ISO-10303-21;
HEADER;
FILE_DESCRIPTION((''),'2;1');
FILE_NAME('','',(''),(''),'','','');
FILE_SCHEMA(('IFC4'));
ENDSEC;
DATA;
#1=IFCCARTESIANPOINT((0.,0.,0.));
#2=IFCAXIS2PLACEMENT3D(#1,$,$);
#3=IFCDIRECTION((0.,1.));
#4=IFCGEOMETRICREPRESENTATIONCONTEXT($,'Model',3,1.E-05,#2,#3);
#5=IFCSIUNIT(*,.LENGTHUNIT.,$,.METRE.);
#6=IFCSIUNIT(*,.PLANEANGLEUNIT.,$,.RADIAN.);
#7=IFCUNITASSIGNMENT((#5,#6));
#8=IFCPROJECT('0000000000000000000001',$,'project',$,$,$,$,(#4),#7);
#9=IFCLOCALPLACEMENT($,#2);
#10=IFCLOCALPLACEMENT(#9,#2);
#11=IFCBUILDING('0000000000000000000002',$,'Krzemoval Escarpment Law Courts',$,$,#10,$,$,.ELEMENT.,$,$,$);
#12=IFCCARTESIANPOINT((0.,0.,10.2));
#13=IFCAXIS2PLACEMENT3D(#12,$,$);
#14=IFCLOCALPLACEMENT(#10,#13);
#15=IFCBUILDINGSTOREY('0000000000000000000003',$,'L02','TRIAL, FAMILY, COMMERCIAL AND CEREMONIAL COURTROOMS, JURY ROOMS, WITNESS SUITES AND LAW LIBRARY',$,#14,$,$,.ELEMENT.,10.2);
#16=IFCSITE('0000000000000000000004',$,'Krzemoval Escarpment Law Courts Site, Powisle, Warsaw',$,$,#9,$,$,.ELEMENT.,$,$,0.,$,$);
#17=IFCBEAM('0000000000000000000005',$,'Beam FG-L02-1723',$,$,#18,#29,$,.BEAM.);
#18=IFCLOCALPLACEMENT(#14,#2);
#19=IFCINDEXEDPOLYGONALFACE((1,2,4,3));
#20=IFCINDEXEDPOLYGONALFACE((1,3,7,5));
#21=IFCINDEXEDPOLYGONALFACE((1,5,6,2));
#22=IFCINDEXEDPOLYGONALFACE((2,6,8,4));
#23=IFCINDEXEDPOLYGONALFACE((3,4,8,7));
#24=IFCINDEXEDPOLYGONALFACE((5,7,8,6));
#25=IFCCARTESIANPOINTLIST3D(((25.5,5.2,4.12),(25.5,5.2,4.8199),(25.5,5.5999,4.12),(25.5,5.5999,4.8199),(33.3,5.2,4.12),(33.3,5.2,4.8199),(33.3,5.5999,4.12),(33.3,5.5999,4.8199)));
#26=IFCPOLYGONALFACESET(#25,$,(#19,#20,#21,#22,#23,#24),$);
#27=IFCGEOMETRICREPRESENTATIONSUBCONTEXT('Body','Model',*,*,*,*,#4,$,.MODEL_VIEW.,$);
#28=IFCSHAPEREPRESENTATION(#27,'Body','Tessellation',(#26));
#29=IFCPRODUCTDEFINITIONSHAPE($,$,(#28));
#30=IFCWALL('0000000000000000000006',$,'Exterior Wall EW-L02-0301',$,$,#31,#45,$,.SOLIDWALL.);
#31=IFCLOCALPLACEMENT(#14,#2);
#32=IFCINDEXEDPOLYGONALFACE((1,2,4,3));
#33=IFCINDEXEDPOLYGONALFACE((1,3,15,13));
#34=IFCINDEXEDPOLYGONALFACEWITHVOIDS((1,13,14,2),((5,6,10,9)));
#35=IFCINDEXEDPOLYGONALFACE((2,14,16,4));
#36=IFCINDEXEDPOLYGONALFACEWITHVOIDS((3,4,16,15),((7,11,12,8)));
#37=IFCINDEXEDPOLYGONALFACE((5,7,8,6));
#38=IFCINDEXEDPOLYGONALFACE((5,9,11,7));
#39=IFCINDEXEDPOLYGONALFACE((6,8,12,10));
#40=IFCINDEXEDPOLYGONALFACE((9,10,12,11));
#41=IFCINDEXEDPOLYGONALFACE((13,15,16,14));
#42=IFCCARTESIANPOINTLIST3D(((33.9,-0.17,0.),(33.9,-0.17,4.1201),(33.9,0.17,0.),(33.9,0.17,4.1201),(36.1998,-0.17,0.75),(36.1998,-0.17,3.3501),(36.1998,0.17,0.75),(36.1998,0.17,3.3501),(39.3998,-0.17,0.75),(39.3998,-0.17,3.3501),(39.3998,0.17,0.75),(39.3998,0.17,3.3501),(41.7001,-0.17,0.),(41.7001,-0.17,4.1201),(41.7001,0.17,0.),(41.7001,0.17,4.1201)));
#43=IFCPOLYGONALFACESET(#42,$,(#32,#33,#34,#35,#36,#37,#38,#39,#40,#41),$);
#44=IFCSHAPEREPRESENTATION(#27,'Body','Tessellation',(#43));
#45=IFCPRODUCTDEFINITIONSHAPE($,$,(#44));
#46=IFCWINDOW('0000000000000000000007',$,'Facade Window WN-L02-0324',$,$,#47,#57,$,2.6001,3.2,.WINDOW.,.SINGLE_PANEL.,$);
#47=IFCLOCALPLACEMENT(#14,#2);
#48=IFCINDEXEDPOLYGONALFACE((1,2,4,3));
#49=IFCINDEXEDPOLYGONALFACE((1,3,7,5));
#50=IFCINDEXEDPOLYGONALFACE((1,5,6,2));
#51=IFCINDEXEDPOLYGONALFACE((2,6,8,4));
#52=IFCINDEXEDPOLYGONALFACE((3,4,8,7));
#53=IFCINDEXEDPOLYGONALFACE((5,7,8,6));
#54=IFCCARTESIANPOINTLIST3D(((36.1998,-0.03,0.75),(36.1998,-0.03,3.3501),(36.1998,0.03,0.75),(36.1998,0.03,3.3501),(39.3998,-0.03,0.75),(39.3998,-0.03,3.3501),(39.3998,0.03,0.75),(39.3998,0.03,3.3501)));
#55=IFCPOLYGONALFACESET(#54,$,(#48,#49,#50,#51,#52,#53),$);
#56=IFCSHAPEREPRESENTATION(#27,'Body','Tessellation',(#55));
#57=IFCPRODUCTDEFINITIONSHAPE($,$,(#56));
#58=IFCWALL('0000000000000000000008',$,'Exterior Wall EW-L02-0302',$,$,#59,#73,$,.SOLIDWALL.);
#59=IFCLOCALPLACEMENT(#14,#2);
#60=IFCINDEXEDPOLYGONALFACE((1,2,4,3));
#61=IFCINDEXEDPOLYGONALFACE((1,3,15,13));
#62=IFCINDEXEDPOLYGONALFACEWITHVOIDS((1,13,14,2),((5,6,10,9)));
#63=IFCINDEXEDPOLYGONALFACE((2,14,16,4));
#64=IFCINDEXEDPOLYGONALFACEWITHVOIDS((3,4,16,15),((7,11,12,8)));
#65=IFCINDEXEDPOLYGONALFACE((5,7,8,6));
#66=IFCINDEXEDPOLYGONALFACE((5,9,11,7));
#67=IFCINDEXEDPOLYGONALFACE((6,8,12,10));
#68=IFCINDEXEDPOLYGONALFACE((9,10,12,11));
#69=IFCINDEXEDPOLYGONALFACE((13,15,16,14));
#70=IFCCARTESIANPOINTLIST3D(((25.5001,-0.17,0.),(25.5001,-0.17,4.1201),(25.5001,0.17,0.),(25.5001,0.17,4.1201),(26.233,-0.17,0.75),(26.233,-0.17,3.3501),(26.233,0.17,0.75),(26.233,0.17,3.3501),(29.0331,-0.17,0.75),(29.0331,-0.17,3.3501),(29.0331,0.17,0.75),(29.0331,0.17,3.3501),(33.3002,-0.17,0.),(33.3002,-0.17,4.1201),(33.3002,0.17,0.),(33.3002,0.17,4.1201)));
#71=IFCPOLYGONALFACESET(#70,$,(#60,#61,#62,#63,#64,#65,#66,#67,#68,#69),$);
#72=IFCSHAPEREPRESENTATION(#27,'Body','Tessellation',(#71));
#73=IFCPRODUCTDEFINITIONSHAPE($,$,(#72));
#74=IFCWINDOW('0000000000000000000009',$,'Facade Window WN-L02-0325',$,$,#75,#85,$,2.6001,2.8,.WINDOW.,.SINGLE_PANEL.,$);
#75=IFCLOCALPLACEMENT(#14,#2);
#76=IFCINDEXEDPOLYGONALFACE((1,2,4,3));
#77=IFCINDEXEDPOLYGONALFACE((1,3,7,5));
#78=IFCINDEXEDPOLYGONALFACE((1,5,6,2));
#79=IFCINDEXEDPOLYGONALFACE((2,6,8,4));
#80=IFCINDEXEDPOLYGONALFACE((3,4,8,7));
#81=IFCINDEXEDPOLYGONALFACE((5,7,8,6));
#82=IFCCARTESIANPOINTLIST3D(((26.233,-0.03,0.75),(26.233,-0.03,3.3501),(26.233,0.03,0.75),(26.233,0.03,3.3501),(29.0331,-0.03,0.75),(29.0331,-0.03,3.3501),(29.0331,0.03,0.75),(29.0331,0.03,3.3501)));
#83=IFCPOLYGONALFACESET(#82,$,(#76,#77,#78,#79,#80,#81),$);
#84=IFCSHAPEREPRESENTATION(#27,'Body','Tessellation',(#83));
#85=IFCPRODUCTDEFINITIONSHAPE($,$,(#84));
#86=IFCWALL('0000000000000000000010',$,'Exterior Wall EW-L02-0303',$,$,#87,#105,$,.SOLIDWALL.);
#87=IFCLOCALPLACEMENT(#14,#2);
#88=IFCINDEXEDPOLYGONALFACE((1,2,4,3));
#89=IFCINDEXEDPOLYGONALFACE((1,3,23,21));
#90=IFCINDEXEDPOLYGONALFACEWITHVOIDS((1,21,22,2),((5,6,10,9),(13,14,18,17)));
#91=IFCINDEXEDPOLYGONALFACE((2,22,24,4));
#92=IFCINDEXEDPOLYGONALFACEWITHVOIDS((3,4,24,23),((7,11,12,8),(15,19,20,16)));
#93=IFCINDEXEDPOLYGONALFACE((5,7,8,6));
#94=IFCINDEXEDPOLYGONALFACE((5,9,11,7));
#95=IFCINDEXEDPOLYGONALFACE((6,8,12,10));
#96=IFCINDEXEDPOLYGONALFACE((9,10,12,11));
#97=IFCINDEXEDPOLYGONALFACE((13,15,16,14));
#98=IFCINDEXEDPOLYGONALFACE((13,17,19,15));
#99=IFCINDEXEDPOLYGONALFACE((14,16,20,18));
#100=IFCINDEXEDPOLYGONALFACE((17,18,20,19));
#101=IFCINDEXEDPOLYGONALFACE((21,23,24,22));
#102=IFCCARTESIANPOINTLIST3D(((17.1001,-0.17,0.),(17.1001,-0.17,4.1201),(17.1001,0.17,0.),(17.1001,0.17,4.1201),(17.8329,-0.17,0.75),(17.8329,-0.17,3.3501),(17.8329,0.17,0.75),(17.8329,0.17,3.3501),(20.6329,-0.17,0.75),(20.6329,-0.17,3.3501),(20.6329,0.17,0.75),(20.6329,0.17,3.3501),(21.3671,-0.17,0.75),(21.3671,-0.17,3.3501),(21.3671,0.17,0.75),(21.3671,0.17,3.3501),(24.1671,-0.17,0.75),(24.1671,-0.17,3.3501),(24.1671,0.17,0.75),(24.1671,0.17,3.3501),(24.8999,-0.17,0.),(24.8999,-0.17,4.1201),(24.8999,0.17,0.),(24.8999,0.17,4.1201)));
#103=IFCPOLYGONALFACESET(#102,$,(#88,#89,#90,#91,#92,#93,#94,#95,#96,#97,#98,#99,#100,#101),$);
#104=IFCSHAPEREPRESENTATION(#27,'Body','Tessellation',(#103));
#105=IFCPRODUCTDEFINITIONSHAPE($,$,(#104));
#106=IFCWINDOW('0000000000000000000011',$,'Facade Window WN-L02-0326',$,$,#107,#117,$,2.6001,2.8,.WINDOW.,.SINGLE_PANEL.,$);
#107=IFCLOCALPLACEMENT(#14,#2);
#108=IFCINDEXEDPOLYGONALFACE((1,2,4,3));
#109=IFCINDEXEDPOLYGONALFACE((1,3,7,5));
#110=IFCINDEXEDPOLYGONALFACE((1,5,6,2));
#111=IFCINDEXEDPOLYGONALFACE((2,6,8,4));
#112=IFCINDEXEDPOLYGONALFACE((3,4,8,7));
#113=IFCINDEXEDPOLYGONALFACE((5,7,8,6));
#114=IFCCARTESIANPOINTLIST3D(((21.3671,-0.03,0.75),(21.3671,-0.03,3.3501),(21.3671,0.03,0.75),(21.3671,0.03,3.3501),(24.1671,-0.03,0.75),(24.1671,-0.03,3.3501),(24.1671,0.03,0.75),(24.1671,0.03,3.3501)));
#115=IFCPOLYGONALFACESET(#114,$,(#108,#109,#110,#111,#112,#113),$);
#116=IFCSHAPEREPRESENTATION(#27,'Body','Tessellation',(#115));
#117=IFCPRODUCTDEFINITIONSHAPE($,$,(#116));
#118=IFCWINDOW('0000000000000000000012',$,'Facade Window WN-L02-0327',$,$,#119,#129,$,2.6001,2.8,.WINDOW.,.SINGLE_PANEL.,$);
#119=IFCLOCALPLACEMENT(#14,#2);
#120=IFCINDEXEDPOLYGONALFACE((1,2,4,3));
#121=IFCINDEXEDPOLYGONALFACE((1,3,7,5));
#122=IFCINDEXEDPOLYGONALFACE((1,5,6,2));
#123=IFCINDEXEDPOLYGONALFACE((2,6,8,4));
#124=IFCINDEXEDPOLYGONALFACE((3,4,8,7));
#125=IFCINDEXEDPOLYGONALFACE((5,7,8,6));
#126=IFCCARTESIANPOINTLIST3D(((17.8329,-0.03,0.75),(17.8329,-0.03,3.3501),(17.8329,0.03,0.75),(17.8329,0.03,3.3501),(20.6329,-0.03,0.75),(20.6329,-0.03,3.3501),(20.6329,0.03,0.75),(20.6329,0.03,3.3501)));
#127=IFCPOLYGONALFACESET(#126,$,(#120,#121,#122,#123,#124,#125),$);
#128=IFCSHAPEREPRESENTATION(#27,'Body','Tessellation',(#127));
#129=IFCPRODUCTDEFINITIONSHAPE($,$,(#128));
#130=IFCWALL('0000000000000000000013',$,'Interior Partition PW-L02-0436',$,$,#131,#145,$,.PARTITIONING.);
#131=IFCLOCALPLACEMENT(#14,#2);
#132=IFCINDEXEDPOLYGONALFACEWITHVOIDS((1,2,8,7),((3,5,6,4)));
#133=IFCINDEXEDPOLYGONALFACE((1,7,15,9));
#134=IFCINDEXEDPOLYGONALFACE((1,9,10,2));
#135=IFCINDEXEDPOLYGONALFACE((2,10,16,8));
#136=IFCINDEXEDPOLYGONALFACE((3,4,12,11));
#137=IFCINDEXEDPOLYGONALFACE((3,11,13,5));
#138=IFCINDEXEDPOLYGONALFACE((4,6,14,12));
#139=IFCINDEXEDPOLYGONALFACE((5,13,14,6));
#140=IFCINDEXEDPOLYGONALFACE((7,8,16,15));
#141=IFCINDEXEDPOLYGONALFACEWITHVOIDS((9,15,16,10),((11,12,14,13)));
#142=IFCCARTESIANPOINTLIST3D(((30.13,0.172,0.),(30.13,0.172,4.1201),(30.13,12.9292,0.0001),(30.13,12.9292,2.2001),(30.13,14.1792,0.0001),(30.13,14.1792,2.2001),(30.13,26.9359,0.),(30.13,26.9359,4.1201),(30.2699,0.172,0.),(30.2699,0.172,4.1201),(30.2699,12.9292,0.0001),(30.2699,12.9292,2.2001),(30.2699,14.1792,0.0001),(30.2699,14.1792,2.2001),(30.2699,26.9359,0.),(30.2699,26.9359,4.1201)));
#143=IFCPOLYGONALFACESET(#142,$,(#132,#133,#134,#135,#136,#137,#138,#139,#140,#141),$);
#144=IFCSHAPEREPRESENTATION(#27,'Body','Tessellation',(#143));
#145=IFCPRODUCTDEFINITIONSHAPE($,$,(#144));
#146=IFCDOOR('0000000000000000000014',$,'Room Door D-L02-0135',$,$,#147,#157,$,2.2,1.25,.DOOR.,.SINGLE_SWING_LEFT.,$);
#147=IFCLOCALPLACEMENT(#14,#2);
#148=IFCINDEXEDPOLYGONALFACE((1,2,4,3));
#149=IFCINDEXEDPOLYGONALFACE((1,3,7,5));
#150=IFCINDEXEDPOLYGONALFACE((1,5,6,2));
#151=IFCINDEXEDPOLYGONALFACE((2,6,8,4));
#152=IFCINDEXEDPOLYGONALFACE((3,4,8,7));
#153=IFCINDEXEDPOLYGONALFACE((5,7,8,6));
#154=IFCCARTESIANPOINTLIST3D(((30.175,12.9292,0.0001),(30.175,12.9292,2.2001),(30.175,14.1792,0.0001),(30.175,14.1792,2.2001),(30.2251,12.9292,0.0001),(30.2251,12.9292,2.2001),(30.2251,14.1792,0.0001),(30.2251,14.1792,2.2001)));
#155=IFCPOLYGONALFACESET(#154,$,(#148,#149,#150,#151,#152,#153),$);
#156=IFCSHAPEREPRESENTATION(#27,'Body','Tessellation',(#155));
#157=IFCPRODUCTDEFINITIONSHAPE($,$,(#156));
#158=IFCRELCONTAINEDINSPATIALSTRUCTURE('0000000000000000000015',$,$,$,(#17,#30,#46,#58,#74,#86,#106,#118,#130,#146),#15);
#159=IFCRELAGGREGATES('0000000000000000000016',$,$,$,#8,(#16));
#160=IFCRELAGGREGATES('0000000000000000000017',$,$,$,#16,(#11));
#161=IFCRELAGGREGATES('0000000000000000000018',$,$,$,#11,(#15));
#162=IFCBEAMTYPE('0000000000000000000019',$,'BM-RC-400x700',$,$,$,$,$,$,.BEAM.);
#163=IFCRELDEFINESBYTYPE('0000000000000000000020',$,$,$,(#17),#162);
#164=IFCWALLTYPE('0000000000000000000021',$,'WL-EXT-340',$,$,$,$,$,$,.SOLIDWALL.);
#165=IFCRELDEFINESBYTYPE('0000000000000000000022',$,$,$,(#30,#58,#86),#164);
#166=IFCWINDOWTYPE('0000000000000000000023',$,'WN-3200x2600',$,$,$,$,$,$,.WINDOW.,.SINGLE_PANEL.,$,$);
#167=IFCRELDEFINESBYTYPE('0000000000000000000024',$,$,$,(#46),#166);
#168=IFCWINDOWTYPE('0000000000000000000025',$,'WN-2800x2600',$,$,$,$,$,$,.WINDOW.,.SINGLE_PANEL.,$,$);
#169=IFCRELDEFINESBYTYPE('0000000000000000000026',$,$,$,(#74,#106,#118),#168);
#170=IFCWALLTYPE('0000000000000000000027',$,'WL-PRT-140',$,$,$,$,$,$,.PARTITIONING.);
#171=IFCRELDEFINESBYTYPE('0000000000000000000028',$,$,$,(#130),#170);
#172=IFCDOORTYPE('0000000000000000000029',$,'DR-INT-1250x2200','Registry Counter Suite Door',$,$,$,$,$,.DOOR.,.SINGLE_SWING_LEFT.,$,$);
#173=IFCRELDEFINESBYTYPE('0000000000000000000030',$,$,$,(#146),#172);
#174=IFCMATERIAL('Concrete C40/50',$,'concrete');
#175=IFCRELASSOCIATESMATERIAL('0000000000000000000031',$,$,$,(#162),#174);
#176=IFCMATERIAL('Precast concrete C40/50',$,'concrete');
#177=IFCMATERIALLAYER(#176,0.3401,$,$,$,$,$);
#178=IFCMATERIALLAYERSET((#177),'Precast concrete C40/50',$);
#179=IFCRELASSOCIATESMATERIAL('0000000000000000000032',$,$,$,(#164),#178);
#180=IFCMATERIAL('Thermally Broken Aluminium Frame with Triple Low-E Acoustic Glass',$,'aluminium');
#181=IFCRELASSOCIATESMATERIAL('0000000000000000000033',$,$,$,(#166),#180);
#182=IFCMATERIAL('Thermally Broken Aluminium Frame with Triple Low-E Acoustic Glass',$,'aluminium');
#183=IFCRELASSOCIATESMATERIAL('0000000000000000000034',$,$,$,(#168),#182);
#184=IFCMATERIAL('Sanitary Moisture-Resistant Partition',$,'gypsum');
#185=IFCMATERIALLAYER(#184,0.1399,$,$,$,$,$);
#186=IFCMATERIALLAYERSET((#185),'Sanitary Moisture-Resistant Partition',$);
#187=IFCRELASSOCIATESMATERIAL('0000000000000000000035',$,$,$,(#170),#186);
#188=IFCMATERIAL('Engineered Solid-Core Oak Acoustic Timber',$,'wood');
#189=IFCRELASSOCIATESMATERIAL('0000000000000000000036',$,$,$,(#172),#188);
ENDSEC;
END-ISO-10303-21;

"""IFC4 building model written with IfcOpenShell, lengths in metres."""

from ifc_helpers import new_model, si_unit, direction, frame, frame_2d, origin, origin_2d, place, context, subcontext, project, spatial, rectangle, extrude, material, layer, layer_set, material_profile, profile_set, type_object, element, fill, save


model = new_model("IFC4")

# Units and contexts
model_context = context("Model", 3, precision=1e-05, world=origin(), true_north=direction((0.0, 1.0)))
body_context = subcontext(model_context, "Body", "Model", "MODEL_VIEW")
ifc_project = project(units=[si_unit("LENGTHUNIT", "METRE"), si_unit("PLANEANGLEUNIT", "RADIAN")], contexts=[model_context])

# Site, building, storey
site_placement = place(None, origin())
site = spatial("IfcSite", under=ifc_project, at=site_placement, Name="Krzemoval Escarpment Law Courts Site, Powisle, Warsaw", CompositionType="ELEMENT", RefElevation=0.0)
building_placement = place(site_placement, origin())
building = spatial("IfcBuilding", under=site, at=building_placement, Name="Krzemoval Escarpment Law Courts", CompositionType="ELEMENT")
storey_placement = place(building_placement, frame((0.0, 0.0, 10.2)))
storey = spatial("IfcBuildingStorey", under=building, at=storey_placement, Name="L02", Description="TRIAL, FAMILY, COMMERCIAL AND CEREMONIAL COURTROOMS, JURY ROOMS, WITNESS SUITES AND LAW LIBRARY", CompositionType="ELEMENT", Elevation=10.2)

# Beam
ifc_material_1 = material(Name="Concrete C40/50", Category="concrete")
ifc_material_profile_1 = material_profile(ifc_material_1, rectangle(XDim=0.3999, YDim=0.7, at=origin_2d()), Name="RCB 400x700")
ifc_profile_set_1 = profile_set([ifc_material_profile_1], Name="Concrete C40/50")
beam_type_1 = type_object("IfcBeamType", Name="BM-RC-400x700", PredefinedType="BEAM", material=ifc_profile_set_1)
for number, where, z_axis, x_axis, name in (
    (1, (25.5, 5.3999, 4.47), (1.0, 0.0, 0.0), (0.0, 1.0, 0.0), "Beam FG-L02-1723"),
):
    element("IfcBeam", number, at=place(storey_placement, frame(where, z_axis=z_axis, x_axis=x_axis)), inside=storey, type_object=beam_type_1, Name=name, PredefinedType="BEAM", context=body_context, shape_type="SweptSolid", body=[
        extrude(rectangle(XDim=0.3999, YDim=0.7, at=origin_2d()), origin(), (0.0, 0.0, 1.0), 7.8),
    ])

# Walls, openings, windows
ifc_material_2 = material(Name="Precast concrete C40/50", Category="concrete")
ifc_layer_1 = layer(ifc_material_2, 0.3401)
ifc_layer_set_1 = layer_set([ifc_layer_1], Name="Precast concrete C40/50")
wall_type_1 = type_object("IfcWallType", Name="WL-EXT-340", PredefinedType="SOLIDWALL", material=ifc_layer_set_1)
wall_1_placement = place(storey_placement, frame((41.7, 0.0, 0.0), z_axis=(0.0, 0.0, 1.0), x_axis=(-1.0, 0.0, 0.0)))
wall_1 = element("IfcWall", 2, at=wall_1_placement, inside=storey, type_object=wall_type_1, Name="Exterior Wall EW-L02-0301", PredefinedType="SOLIDWALL", context=body_context, shape_type="SweptSolid", body=[
    extrude(rectangle(XDim=7.8, YDim=0.3401, at=frame_2d((3.8999, 0.0))), origin(), (0.0, 0.0, 1.0), 4.1201),
])
opening_1_placement = place(wall_1_placement, frame((2.3, 0.0, 0.75)))
opening_1 = element("IfcOpeningElement", 3, at=opening_1_placement, cuts=wall_1, PredefinedType="OPENING", context=body_context, shape_type="SweptSolid", body=[
    extrude(rectangle(XDim=3.2, YDim=2.6001, at=frame_2d((1.6001, 1.3))), frame((0.0, 0.185, 0.0), z_axis=(0.0, -1.0, 0.0), x_axis=(1.0, 0.0, 0.0)), (0.0, 0.0, 1.0), 0.3701),
])
ifc_material_3 = material(Name="Thermally Broken Aluminium Frame with Triple Low-E Acoustic Glass", Category="aluminium")
window_type_1 = type_object("IfcWindowType", Name="WN-3200x2600", PartitioningType="SINGLE_PANEL", PredefinedType="WINDOW", material=ifc_material_3)
window_1_placement = place(opening_1_placement, origin())
window_1 = element("IfcWindow", 4, at=window_1_placement, inside=storey, type_object=window_type_1, Name="Facade Window WN-L02-0324", OverallHeight=2.6001, OverallWidth=3.2, PartitioningType="SINGLE_PANEL", PredefinedType="WINDOW", context=body_context, shape_type="SweptSolid", body=[
    extrude(rectangle(XDim=3.2, YDim=2.6001, at=frame_2d((1.6001, 1.3))), frame((0.0, 0.03, 0.0), z_axis=(0.0, -1.0, 0.0), x_axis=(1.0, 0.0, 0.0)), (0.0, 0.0, 1.0), 0.0601),
])
fill(opening_1, window_1)
wall_2_placement = place(storey_placement, frame((33.3, 0.0, 0.0), z_axis=(0.0, 0.0, 1.0), x_axis=(-1.0, 0.0, 0.0)))
wall_2 = element("IfcWall", 5, at=wall_2_placement, inside=storey, type_object=wall_type_1, Name="Exterior Wall EW-L02-0302", PredefinedType="SOLIDWALL", context=body_context, shape_type="SweptSolid", body=[
    extrude(rectangle(XDim=7.8, YDim=0.3401, at=frame_2d((3.8999, 0.0))), origin(), (0.0, 0.0, 1.0), 4.1201),
])
opening_2_placement = place(wall_2_placement, frame((4.2671, 0.0, 0.75)))
opening_2 = element("IfcOpeningElement", 6, at=opening_2_placement, cuts=wall_2, PredefinedType="OPENING", context=body_context, shape_type="SweptSolid", body=[
    extrude(rectangle(XDim=2.8, YDim=2.6001, at=frame_2d((1.3999, 1.3))), frame((0.0, 0.185, 0.0), z_axis=(0.0, -1.0, 0.0), x_axis=(1.0, 0.0, 0.0)), (0.0, 0.0, 1.0), 0.3701),
])
ifc_material_4 = material(Name="Thermally Broken Aluminium Frame with Triple Low-E Acoustic Glass", Category="aluminium")
window_type_2 = type_object("IfcWindowType", Name="WN-2800x2600", PartitioningType="SINGLE_PANEL", PredefinedType="WINDOW", material=ifc_material_4)
window_2_placement = place(opening_2_placement, origin())
window_2 = element("IfcWindow", 7, at=window_2_placement, inside=storey, type_object=window_type_2, Name="Facade Window WN-L02-0325", OverallHeight=2.6001, OverallWidth=2.8, PartitioningType="SINGLE_PANEL", PredefinedType="WINDOW", context=body_context, shape_type="SweptSolid", body=[
    extrude(rectangle(XDim=2.8, YDim=2.6001, at=frame_2d((1.3999, 1.3))), frame((0.0, 0.03, 0.0), z_axis=(0.0, -1.0, 0.0), x_axis=(1.0, 0.0, 0.0)), (0.0, 0.0, 1.0), 0.0601),
])
fill(opening_2, window_2)

# Wall, openings, windows
wall_3_placement = place(storey_placement, frame((24.8999, 0.0, 0.0), z_axis=(0.0, 0.0, 1.0), x_axis=(-1.0, 0.0, 0.0)))
wall_3 = element("IfcWall", 8, at=wall_3_placement, inside=storey, type_object=wall_type_1, Name="Exterior Wall EW-L02-0303", PredefinedType="SOLIDWALL", context=body_context, shape_type="SweptSolid", body=[
    extrude(rectangle(XDim=7.7998, YDim=0.3401, at=frame_2d((3.8999, 0.0))), origin(), (0.0, 0.0, 1.0), 4.1201),
])
opening_3_placement = place(wall_3_placement, frame((0.7329, 0.0, 0.75)))
opening_3 = element("IfcOpeningElement", 9, at=opening_3_placement, cuts=wall_3, PredefinedType="OPENING", context=body_context, shape_type="SweptSolid", body=[
    extrude(rectangle(XDim=2.8, YDim=2.6001, at=frame_2d((1.3999, 1.3))), frame((0.0, 0.185, 0.0), z_axis=(0.0, -1.0, 0.0), x_axis=(1.0, 0.0, 0.0)), (0.0, 0.0, 1.0), 0.3701),
])
opening_4_placement = place(wall_3_placement, frame((4.2671, 0.0, 0.75)))
opening_4 = element("IfcOpeningElement", 10, at=opening_4_placement, cuts=wall_3, PredefinedType="OPENING", context=body_context, shape_type="SweptSolid", body=[
    extrude(rectangle(XDim=2.8, YDim=2.6001, at=frame_2d((1.3999, 1.3))), frame((0.0, 0.185, 0.0), z_axis=(0.0, -1.0, 0.0), x_axis=(1.0, 0.0, 0.0)), (0.0, 0.0, 1.0), 0.3701),
])
window_3_placement = place(opening_3_placement, origin())
window_3 = element("IfcWindow", 11, at=window_3_placement, inside=storey, type_object=window_type_2, Name="Facade Window WN-L02-0326", OverallHeight=2.6001, OverallWidth=2.8, PartitioningType="SINGLE_PANEL", PredefinedType="WINDOW", context=body_context, shape_type="SweptSolid", body=[
    extrude(rectangle(XDim=2.8, YDim=2.6001, at=frame_2d((1.3999, 1.3))), frame((0.0, 0.03, 0.0), z_axis=(0.0, -1.0, 0.0), x_axis=(1.0, 0.0, 0.0)), (0.0, 0.0, 1.0), 0.0601),
])
fill(opening_3, window_3)
window_4_placement = place(opening_4_placement, origin())
window_4 = element("IfcWindow", 12, at=window_4_placement, inside=storey, type_object=window_type_2, Name="Facade Window WN-L02-0327", OverallHeight=2.6001, OverallWidth=2.8, PartitioningType="SINGLE_PANEL", PredefinedType="WINDOW", context=body_context, shape_type="SweptSolid", body=[
    extrude(rectangle(XDim=2.8, YDim=2.6001, at=frame_2d((1.3999, 1.3))), frame((0.0, 0.03, 0.0), z_axis=(0.0, -1.0, 0.0), x_axis=(1.0, 0.0, 0.0)), (0.0, 0.0, 1.0), 0.0601),
])
fill(opening_4, window_4)

# Wall, opening, door
ifc_material_5 = material(Name="Sanitary Moisture-Resistant Partition", Category="gypsum")
ifc_layer_2 = layer(ifc_material_5, 0.1399)
ifc_layer_set_2 = layer_set([ifc_layer_2], Name="Sanitary Moisture-Resistant Partition")
wall_type_2 = type_object("IfcWallType", Name="WL-PRT-140", PredefinedType="PARTITIONING", material=ifc_layer_set_2)
wall_4_placement = place(storey_placement, frame((30.2, 0.1721, 0.0), z_axis=(0.0, 0.0, 1.0), x_axis=(0.0, 1.0, 0.0)))
wall_4 = element("IfcWall", 13, at=wall_4_placement, inside=storey, type_object=wall_type_2, Name="Interior Partition PW-L02-0436", PredefinedType="PARTITIONING", context=body_context, shape_type="SweptSolid", body=[
    extrude(rectangle(XDim=26.7639, YDim=0.1399, at=frame_2d((13.3818, 0.0))), origin(), (0.0, 0.0, 1.0), 4.1201),
])
opening_5_placement = place(wall_4_placement, frame((12.7571, 0.0, 0.0)))
opening_5 = element("IfcOpeningElement", 14, at=opening_5_placement, cuts=wall_4, PredefinedType="OPENING", context=body_context, shape_type="SweptSolid", body=[
    extrude(rectangle(XDim=1.25, YDim=2.2, at=frame_2d((0.625, 1.1001))), frame((0.0, 0.0849, 0.0), z_axis=(0.0, -1.0, 0.0), x_axis=(1.0, 0.0, 0.0)), (0.0, 0.0, 1.0), 0.1699),
])
ifc_material_6 = material(Name="Engineered Solid-Core Oak Acoustic Timber", Category="wood")
door_type_1 = type_object("IfcDoorType", Name="DR-INT-1250x2200", Description="Registry Counter Suite Door", OperationType="SINGLE_SWING_LEFT", PredefinedType="DOOR", material=ifc_material_6)
door_1_placement = place(opening_5_placement, origin())
door_1 = element("IfcDoor", 15, at=door_1_placement, inside=storey, type_object=door_type_1, Name="Room Door D-L02-0135", OperationType="SINGLE_SWING_LEFT", OverallHeight=2.2, OverallWidth=1.25, PredefinedType="DOOR", context=body_context, shape_type="SweptSolid", body=[
    extrude(rectangle(XDim=1.25, YDim=2.2, at=frame_2d((0.625, 1.1001))), frame((0.0, 0.0249, 0.0), z_axis=(0.0, -1.0, 0.0), x_axis=(1.0, 0.0, 0.0)), (0.0, 0.0, 1.0), 0.05),
])
fill(opening_5, door_1)

save(model, "model.ifc")
